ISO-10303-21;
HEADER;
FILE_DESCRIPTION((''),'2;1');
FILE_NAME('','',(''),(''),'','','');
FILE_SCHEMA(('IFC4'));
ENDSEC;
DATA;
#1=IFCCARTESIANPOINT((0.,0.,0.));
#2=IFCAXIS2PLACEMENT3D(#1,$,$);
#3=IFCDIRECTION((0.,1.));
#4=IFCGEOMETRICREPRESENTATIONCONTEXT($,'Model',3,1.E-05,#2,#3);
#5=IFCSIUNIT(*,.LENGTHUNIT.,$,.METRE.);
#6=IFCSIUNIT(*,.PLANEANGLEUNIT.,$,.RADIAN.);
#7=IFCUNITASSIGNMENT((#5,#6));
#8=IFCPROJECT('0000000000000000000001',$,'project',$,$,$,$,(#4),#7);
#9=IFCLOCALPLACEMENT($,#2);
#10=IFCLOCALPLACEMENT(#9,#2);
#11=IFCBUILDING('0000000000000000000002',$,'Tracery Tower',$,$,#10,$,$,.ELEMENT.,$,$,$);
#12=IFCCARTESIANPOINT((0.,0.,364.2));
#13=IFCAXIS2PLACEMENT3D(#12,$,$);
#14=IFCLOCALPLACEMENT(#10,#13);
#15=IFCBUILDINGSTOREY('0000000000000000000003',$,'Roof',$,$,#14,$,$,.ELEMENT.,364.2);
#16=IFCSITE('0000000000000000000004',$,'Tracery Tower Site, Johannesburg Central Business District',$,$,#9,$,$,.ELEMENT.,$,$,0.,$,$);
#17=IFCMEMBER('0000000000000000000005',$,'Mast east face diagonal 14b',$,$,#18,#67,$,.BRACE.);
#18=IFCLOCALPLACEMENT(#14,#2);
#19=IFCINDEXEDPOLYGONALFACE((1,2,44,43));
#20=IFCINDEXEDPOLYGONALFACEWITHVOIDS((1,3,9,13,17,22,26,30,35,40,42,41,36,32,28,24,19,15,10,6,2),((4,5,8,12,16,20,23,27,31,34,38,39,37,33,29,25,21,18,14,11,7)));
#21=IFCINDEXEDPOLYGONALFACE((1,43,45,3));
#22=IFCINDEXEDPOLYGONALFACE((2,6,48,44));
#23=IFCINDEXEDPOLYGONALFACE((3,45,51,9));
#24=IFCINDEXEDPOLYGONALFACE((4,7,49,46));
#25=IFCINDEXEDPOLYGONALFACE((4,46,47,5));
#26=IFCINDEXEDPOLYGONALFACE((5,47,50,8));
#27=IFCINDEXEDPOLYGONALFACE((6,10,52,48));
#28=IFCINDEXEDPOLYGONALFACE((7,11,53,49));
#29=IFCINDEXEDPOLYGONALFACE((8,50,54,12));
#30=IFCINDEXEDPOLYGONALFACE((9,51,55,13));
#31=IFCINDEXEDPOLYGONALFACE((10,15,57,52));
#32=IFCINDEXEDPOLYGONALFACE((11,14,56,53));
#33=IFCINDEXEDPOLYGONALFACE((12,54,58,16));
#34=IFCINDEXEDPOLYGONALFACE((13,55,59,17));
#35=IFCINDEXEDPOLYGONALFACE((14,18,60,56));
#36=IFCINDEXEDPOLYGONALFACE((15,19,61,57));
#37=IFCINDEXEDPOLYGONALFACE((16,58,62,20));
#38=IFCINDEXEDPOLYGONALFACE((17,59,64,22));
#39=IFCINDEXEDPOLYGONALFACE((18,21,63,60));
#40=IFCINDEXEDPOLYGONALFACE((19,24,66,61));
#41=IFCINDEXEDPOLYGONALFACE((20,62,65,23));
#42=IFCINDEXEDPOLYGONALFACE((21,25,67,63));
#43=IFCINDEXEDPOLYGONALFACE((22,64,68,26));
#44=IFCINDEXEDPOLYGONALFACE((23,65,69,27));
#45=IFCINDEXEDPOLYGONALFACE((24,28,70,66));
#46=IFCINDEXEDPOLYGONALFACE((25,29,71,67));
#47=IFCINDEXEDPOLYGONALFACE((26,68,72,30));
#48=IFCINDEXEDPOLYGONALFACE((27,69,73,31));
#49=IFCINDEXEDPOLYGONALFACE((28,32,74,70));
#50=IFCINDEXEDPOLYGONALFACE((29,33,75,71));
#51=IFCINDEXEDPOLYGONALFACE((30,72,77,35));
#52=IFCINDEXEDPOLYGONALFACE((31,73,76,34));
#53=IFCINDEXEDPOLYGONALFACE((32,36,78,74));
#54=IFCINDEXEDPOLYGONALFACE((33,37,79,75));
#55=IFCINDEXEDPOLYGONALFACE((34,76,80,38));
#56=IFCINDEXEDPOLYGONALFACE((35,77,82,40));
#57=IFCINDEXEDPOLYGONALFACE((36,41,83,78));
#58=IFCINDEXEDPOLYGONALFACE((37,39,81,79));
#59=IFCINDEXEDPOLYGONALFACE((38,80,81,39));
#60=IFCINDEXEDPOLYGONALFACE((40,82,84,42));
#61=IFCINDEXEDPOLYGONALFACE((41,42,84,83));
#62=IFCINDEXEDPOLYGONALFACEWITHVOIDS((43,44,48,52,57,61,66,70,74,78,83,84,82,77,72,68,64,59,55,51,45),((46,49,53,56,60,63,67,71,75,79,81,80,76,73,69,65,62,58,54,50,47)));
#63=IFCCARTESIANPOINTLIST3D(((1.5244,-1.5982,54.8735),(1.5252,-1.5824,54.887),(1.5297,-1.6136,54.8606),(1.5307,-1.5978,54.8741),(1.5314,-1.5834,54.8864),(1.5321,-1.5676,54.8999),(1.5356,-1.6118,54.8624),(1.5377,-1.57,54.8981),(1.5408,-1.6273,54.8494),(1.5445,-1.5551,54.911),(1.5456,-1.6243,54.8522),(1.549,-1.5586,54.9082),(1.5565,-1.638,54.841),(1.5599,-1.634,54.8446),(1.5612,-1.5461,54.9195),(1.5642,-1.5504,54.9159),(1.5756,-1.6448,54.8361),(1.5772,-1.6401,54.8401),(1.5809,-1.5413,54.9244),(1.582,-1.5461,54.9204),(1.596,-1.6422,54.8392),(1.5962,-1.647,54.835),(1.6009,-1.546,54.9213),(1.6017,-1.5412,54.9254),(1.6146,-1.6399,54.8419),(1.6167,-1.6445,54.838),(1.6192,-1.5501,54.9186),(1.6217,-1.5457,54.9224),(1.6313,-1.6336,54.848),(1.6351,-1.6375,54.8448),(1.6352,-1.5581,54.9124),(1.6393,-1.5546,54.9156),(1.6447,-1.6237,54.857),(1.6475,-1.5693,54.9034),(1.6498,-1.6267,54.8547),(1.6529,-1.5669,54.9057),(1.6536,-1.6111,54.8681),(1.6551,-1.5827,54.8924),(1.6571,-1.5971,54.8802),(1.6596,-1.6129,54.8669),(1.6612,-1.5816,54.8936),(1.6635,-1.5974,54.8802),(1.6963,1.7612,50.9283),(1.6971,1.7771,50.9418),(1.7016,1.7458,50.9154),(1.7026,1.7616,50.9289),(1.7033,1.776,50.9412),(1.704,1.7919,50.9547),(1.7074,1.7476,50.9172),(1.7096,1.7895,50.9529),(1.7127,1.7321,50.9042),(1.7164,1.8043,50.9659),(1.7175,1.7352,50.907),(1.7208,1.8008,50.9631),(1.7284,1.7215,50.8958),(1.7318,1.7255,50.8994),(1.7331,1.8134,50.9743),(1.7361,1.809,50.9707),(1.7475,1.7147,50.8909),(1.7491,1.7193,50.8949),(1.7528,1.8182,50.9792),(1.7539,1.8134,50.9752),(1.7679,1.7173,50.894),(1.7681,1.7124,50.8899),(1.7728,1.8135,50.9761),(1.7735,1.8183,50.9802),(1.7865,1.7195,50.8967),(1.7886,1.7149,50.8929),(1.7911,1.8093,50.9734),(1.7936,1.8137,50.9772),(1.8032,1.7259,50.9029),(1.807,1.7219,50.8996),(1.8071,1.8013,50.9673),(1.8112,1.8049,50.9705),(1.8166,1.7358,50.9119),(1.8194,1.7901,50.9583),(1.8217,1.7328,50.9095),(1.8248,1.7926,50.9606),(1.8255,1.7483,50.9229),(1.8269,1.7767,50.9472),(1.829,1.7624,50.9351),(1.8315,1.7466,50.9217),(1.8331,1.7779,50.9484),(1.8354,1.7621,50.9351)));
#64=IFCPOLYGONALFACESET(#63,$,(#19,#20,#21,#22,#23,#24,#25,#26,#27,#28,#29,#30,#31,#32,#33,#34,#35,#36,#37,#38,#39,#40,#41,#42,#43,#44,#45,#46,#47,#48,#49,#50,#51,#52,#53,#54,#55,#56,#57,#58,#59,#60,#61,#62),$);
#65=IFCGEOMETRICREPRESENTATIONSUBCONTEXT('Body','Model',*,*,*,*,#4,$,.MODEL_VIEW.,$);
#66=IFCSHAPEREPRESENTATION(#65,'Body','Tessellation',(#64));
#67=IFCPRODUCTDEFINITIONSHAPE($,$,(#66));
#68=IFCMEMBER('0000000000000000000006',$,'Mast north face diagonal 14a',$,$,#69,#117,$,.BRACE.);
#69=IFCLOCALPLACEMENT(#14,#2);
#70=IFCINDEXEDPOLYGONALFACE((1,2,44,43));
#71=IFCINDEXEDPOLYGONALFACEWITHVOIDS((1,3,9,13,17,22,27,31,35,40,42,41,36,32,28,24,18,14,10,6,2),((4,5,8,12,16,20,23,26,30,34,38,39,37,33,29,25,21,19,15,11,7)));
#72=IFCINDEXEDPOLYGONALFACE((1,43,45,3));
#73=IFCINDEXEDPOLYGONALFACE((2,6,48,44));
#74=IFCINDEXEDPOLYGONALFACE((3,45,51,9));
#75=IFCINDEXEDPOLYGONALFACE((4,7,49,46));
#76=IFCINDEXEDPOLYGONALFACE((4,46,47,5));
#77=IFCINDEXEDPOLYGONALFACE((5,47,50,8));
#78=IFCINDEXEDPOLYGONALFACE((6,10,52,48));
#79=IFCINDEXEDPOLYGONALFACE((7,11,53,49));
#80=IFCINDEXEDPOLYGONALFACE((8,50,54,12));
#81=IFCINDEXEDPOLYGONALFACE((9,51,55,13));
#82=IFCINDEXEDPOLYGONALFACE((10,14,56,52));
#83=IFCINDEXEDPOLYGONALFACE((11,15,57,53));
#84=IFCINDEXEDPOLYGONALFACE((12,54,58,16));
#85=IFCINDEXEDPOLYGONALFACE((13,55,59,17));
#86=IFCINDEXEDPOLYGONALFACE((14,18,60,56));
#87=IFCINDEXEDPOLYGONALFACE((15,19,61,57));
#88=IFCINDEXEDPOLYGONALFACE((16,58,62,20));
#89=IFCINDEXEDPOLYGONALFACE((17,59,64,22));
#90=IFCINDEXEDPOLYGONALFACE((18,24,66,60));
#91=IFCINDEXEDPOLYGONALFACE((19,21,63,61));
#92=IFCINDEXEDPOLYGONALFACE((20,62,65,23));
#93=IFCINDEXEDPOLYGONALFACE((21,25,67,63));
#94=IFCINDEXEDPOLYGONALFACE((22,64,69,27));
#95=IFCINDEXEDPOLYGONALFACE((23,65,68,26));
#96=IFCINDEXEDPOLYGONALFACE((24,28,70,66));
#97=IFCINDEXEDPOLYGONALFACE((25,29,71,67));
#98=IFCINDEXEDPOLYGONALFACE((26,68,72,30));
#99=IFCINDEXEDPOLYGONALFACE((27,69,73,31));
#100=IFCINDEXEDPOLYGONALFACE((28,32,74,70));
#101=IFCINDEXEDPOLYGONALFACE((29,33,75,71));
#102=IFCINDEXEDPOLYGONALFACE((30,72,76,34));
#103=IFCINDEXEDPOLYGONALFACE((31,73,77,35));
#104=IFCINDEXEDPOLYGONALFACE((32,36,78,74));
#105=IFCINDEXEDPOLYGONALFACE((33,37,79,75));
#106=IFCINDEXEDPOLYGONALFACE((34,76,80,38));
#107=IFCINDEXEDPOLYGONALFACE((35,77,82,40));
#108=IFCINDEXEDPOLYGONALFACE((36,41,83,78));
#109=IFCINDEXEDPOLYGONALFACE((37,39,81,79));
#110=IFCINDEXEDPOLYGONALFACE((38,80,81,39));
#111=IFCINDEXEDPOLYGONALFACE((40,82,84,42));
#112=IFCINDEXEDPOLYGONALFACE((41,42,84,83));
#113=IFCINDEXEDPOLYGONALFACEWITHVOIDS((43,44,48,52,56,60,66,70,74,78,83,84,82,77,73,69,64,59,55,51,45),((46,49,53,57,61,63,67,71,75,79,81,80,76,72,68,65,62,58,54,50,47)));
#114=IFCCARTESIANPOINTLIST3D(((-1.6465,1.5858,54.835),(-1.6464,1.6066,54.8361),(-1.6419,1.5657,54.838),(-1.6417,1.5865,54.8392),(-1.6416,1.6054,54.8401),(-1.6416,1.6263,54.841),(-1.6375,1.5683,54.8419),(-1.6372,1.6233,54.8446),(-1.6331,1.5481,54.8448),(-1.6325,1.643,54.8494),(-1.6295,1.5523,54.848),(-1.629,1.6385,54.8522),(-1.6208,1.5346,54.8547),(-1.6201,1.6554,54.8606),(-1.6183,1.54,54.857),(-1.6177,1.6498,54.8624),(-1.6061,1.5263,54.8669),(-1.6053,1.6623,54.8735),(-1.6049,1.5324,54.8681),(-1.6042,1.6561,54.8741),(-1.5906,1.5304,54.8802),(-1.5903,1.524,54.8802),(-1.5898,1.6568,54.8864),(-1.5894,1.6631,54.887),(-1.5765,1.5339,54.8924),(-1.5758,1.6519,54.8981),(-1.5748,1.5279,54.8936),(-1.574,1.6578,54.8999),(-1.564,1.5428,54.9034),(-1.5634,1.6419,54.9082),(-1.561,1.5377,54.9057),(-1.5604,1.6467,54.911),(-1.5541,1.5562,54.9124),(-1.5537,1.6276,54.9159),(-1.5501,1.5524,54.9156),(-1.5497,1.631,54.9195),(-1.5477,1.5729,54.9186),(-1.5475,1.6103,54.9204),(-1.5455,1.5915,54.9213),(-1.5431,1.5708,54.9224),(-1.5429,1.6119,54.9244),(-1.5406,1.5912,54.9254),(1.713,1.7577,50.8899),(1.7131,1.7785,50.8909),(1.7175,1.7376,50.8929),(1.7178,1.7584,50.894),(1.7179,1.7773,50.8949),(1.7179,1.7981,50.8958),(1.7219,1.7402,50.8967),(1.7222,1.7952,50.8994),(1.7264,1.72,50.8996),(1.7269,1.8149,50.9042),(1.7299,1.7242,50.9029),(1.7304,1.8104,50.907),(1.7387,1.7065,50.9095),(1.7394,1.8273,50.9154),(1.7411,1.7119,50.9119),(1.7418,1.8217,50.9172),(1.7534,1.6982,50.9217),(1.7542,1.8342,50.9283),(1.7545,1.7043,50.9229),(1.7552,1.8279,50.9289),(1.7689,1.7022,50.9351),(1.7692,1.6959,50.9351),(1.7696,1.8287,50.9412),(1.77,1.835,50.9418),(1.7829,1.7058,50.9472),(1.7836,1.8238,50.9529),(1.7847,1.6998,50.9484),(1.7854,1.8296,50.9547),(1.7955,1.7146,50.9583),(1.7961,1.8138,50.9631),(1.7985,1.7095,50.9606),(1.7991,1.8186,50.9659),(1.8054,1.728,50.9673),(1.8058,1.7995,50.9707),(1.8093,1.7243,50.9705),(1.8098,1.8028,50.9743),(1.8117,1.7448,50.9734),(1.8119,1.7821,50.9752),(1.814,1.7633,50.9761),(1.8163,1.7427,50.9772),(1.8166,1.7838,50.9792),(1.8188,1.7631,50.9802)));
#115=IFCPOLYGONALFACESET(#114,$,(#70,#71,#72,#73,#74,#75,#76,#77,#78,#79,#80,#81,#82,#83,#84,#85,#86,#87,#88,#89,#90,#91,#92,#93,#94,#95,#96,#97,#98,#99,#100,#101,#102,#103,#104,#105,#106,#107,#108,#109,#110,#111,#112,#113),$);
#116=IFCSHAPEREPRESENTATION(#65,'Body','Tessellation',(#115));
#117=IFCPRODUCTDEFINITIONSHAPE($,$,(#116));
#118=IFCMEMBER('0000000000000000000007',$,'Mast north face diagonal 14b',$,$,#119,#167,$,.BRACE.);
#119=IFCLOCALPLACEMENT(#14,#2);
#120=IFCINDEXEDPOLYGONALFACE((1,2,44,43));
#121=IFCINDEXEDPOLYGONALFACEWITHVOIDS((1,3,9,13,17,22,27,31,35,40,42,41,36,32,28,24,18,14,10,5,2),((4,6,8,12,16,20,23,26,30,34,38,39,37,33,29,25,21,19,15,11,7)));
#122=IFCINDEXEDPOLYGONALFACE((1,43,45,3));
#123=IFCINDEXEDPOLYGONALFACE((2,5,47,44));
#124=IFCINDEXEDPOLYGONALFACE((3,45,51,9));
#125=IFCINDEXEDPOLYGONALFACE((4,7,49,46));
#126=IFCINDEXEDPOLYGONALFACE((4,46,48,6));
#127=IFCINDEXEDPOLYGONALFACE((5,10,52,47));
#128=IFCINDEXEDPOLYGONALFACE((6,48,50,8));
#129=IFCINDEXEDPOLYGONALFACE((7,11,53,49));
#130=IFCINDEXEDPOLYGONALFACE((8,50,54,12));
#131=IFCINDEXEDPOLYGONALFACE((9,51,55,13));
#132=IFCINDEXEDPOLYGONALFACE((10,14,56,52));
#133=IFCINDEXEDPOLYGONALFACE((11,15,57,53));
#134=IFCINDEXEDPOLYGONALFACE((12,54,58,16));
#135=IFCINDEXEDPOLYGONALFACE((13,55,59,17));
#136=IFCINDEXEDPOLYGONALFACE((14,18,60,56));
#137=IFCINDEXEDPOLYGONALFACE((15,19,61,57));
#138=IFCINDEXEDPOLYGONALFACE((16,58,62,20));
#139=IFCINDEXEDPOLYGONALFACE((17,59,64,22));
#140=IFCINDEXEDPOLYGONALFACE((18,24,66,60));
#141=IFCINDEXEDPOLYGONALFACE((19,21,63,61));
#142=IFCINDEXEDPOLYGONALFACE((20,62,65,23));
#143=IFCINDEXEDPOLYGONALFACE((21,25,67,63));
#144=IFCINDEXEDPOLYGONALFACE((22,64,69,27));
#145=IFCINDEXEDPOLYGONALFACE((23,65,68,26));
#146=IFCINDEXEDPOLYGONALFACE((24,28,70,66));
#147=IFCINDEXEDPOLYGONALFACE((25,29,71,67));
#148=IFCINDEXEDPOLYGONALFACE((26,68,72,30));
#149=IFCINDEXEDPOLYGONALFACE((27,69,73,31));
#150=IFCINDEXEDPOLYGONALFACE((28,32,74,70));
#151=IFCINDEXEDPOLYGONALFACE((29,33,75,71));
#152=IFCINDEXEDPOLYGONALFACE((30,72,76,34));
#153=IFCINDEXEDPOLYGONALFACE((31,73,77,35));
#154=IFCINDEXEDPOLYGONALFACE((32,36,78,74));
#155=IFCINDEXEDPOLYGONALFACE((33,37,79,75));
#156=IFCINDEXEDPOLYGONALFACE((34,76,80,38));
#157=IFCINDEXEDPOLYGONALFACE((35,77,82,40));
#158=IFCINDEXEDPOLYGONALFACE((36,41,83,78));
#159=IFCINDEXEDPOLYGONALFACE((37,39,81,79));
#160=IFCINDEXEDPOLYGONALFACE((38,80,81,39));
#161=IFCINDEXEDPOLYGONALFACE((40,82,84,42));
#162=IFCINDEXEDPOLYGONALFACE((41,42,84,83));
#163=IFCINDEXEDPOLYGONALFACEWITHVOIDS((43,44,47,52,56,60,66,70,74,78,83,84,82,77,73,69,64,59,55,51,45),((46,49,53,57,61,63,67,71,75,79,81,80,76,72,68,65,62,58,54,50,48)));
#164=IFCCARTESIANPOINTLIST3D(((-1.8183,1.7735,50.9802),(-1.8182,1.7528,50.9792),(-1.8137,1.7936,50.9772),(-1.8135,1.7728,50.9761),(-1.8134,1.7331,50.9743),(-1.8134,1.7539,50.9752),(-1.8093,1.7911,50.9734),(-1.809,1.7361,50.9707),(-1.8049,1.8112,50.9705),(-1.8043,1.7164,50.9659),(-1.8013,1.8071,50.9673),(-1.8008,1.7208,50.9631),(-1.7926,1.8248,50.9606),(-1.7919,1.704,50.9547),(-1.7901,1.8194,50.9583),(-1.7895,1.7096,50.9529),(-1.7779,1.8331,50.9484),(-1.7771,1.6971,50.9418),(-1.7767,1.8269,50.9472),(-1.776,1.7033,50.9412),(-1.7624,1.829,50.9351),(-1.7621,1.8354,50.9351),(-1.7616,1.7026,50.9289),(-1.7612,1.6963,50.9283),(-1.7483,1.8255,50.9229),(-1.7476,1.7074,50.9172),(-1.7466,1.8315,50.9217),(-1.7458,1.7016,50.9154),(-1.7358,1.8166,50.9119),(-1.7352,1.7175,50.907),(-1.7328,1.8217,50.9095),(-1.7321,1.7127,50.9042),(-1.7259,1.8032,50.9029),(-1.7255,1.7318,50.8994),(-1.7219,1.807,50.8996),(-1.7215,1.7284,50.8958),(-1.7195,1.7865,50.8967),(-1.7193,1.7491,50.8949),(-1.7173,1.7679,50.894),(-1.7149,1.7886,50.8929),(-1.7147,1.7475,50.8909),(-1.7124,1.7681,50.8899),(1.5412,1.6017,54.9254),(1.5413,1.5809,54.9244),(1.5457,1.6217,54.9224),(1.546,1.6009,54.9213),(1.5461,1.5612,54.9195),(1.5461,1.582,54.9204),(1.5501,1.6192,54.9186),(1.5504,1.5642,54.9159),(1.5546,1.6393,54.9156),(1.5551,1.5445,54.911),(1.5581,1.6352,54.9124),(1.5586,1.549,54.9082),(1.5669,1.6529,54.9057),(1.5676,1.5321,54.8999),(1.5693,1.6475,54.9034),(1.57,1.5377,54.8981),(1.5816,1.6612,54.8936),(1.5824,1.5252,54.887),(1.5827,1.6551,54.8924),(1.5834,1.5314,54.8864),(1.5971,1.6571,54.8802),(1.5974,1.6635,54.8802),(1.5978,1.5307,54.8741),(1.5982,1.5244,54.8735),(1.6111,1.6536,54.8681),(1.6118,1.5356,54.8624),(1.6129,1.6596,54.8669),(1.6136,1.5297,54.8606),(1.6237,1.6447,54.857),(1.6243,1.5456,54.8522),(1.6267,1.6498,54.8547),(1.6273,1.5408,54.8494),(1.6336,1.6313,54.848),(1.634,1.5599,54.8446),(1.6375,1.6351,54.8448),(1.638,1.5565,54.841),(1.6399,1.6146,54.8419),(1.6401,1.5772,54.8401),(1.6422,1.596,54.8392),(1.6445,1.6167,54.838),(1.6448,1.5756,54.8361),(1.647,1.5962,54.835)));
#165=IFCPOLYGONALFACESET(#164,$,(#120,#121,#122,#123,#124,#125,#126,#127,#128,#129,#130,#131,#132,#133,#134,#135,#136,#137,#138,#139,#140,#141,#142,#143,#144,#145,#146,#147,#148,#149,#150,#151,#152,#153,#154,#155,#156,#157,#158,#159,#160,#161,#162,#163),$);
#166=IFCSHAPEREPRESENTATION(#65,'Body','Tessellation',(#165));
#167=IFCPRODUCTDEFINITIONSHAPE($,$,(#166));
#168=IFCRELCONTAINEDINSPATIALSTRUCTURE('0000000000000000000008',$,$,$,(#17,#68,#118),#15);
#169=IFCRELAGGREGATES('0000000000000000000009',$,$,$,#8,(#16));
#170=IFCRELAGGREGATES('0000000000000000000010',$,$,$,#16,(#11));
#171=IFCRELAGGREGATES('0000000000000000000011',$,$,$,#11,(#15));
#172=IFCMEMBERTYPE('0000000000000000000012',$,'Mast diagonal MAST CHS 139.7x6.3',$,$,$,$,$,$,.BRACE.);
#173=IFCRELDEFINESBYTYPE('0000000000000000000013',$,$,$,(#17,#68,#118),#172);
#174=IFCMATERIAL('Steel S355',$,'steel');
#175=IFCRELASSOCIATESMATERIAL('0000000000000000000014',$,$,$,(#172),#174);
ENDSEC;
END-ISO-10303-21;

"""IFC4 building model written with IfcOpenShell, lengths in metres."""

from ifc_helpers import new_model, si_unit, direction, frame, origin, origin_2d, place, context, subcontext, project, spatial, hollow_circle, extrude, material, material_profile, profile_set, type_object, element, save


model = new_model("IFC4")

# Units and contexts
model_context = context("Model", 3, precision=1e-05, world=origin(), true_north=direction((0.0, 1.0)))
body_context = subcontext(model_context, "Body", "Model", "MODEL_VIEW")
ifc_project = project(units=[si_unit("LENGTHUNIT", "METRE"), si_unit("PLANEANGLEUNIT", "RADIAN")], contexts=[model_context])

# Site, building, storey
site_placement = place(None, origin())
site = spatial("IfcSite", under=ifc_project, at=site_placement, Name="Tracery Tower Site, Johannesburg Central Business District", CompositionType="ELEMENT", RefElevation=0.0)
building_placement = place(site_placement, origin())
building = spatial("IfcBuilding", under=site, at=building_placement, Name="Tracery Tower", CompositionType="ELEMENT")
storey_placement = place(building_placement, frame((0.0, 0.0, 364.2)))
storey = spatial("IfcBuildingStorey", under=building, at=storey_placement, Name="Roof", CompositionType="ELEMENT", Elevation=364.2)

# Members
ifc_material_1 = material(Name="Steel S355", Category="steel")
ifc_material_profile_1 = material_profile(ifc_material_1, hollow_circle(Radius=0.0698, WallThickness=0.0063, at=origin_2d()), Name="CHS 139.7x6.3")
ifc_profile_set_1 = profile_set([ifc_material_profile_1], Name="Steel S355")
member_type_1 = type_object("IfcMemberType", Name="Mast diagonal MAST CHS 139.7x6.3", PredefinedType="BRACE", material=ifc_profile_set_1)
for number, where, z_axis, x_axis, name in (
    (1, (1.7656, 1.7656, 50.9351), (-0.033152, -0.647972, 0.760943), (0.998694, -0.051096, 0.0), "Mast east face diagonal 14b"),
    (2, (1.7656, 1.7656, 50.9351), (-0.647972, -0.033152, 0.760943), (0.051096, -0.998694, 0.0), "Mast north face diagonal 14a"),
    (3, (-1.7656, 1.7656, 50.9351), (0.647972, -0.033152, 0.760943), (0.051096, 0.998694, 0.0), "Mast north face diagonal 14b"),
):
    element("IfcMember", number, at=place(storey_placement, frame(where, z_axis=z_axis, x_axis=x_axis)), inside=storey, type_object=member_type_1, Name=name, PredefinedType="BRACE", context=body_context, shape_type="SweptSolid", body=[
        extrude(hollow_circle(Radius=0.0698, WallThickness=0.0063, at=origin_2d()), origin(), (0.0, 0.0, 1.0), 5.1846),
    ])

save(model, "model.ifc")
